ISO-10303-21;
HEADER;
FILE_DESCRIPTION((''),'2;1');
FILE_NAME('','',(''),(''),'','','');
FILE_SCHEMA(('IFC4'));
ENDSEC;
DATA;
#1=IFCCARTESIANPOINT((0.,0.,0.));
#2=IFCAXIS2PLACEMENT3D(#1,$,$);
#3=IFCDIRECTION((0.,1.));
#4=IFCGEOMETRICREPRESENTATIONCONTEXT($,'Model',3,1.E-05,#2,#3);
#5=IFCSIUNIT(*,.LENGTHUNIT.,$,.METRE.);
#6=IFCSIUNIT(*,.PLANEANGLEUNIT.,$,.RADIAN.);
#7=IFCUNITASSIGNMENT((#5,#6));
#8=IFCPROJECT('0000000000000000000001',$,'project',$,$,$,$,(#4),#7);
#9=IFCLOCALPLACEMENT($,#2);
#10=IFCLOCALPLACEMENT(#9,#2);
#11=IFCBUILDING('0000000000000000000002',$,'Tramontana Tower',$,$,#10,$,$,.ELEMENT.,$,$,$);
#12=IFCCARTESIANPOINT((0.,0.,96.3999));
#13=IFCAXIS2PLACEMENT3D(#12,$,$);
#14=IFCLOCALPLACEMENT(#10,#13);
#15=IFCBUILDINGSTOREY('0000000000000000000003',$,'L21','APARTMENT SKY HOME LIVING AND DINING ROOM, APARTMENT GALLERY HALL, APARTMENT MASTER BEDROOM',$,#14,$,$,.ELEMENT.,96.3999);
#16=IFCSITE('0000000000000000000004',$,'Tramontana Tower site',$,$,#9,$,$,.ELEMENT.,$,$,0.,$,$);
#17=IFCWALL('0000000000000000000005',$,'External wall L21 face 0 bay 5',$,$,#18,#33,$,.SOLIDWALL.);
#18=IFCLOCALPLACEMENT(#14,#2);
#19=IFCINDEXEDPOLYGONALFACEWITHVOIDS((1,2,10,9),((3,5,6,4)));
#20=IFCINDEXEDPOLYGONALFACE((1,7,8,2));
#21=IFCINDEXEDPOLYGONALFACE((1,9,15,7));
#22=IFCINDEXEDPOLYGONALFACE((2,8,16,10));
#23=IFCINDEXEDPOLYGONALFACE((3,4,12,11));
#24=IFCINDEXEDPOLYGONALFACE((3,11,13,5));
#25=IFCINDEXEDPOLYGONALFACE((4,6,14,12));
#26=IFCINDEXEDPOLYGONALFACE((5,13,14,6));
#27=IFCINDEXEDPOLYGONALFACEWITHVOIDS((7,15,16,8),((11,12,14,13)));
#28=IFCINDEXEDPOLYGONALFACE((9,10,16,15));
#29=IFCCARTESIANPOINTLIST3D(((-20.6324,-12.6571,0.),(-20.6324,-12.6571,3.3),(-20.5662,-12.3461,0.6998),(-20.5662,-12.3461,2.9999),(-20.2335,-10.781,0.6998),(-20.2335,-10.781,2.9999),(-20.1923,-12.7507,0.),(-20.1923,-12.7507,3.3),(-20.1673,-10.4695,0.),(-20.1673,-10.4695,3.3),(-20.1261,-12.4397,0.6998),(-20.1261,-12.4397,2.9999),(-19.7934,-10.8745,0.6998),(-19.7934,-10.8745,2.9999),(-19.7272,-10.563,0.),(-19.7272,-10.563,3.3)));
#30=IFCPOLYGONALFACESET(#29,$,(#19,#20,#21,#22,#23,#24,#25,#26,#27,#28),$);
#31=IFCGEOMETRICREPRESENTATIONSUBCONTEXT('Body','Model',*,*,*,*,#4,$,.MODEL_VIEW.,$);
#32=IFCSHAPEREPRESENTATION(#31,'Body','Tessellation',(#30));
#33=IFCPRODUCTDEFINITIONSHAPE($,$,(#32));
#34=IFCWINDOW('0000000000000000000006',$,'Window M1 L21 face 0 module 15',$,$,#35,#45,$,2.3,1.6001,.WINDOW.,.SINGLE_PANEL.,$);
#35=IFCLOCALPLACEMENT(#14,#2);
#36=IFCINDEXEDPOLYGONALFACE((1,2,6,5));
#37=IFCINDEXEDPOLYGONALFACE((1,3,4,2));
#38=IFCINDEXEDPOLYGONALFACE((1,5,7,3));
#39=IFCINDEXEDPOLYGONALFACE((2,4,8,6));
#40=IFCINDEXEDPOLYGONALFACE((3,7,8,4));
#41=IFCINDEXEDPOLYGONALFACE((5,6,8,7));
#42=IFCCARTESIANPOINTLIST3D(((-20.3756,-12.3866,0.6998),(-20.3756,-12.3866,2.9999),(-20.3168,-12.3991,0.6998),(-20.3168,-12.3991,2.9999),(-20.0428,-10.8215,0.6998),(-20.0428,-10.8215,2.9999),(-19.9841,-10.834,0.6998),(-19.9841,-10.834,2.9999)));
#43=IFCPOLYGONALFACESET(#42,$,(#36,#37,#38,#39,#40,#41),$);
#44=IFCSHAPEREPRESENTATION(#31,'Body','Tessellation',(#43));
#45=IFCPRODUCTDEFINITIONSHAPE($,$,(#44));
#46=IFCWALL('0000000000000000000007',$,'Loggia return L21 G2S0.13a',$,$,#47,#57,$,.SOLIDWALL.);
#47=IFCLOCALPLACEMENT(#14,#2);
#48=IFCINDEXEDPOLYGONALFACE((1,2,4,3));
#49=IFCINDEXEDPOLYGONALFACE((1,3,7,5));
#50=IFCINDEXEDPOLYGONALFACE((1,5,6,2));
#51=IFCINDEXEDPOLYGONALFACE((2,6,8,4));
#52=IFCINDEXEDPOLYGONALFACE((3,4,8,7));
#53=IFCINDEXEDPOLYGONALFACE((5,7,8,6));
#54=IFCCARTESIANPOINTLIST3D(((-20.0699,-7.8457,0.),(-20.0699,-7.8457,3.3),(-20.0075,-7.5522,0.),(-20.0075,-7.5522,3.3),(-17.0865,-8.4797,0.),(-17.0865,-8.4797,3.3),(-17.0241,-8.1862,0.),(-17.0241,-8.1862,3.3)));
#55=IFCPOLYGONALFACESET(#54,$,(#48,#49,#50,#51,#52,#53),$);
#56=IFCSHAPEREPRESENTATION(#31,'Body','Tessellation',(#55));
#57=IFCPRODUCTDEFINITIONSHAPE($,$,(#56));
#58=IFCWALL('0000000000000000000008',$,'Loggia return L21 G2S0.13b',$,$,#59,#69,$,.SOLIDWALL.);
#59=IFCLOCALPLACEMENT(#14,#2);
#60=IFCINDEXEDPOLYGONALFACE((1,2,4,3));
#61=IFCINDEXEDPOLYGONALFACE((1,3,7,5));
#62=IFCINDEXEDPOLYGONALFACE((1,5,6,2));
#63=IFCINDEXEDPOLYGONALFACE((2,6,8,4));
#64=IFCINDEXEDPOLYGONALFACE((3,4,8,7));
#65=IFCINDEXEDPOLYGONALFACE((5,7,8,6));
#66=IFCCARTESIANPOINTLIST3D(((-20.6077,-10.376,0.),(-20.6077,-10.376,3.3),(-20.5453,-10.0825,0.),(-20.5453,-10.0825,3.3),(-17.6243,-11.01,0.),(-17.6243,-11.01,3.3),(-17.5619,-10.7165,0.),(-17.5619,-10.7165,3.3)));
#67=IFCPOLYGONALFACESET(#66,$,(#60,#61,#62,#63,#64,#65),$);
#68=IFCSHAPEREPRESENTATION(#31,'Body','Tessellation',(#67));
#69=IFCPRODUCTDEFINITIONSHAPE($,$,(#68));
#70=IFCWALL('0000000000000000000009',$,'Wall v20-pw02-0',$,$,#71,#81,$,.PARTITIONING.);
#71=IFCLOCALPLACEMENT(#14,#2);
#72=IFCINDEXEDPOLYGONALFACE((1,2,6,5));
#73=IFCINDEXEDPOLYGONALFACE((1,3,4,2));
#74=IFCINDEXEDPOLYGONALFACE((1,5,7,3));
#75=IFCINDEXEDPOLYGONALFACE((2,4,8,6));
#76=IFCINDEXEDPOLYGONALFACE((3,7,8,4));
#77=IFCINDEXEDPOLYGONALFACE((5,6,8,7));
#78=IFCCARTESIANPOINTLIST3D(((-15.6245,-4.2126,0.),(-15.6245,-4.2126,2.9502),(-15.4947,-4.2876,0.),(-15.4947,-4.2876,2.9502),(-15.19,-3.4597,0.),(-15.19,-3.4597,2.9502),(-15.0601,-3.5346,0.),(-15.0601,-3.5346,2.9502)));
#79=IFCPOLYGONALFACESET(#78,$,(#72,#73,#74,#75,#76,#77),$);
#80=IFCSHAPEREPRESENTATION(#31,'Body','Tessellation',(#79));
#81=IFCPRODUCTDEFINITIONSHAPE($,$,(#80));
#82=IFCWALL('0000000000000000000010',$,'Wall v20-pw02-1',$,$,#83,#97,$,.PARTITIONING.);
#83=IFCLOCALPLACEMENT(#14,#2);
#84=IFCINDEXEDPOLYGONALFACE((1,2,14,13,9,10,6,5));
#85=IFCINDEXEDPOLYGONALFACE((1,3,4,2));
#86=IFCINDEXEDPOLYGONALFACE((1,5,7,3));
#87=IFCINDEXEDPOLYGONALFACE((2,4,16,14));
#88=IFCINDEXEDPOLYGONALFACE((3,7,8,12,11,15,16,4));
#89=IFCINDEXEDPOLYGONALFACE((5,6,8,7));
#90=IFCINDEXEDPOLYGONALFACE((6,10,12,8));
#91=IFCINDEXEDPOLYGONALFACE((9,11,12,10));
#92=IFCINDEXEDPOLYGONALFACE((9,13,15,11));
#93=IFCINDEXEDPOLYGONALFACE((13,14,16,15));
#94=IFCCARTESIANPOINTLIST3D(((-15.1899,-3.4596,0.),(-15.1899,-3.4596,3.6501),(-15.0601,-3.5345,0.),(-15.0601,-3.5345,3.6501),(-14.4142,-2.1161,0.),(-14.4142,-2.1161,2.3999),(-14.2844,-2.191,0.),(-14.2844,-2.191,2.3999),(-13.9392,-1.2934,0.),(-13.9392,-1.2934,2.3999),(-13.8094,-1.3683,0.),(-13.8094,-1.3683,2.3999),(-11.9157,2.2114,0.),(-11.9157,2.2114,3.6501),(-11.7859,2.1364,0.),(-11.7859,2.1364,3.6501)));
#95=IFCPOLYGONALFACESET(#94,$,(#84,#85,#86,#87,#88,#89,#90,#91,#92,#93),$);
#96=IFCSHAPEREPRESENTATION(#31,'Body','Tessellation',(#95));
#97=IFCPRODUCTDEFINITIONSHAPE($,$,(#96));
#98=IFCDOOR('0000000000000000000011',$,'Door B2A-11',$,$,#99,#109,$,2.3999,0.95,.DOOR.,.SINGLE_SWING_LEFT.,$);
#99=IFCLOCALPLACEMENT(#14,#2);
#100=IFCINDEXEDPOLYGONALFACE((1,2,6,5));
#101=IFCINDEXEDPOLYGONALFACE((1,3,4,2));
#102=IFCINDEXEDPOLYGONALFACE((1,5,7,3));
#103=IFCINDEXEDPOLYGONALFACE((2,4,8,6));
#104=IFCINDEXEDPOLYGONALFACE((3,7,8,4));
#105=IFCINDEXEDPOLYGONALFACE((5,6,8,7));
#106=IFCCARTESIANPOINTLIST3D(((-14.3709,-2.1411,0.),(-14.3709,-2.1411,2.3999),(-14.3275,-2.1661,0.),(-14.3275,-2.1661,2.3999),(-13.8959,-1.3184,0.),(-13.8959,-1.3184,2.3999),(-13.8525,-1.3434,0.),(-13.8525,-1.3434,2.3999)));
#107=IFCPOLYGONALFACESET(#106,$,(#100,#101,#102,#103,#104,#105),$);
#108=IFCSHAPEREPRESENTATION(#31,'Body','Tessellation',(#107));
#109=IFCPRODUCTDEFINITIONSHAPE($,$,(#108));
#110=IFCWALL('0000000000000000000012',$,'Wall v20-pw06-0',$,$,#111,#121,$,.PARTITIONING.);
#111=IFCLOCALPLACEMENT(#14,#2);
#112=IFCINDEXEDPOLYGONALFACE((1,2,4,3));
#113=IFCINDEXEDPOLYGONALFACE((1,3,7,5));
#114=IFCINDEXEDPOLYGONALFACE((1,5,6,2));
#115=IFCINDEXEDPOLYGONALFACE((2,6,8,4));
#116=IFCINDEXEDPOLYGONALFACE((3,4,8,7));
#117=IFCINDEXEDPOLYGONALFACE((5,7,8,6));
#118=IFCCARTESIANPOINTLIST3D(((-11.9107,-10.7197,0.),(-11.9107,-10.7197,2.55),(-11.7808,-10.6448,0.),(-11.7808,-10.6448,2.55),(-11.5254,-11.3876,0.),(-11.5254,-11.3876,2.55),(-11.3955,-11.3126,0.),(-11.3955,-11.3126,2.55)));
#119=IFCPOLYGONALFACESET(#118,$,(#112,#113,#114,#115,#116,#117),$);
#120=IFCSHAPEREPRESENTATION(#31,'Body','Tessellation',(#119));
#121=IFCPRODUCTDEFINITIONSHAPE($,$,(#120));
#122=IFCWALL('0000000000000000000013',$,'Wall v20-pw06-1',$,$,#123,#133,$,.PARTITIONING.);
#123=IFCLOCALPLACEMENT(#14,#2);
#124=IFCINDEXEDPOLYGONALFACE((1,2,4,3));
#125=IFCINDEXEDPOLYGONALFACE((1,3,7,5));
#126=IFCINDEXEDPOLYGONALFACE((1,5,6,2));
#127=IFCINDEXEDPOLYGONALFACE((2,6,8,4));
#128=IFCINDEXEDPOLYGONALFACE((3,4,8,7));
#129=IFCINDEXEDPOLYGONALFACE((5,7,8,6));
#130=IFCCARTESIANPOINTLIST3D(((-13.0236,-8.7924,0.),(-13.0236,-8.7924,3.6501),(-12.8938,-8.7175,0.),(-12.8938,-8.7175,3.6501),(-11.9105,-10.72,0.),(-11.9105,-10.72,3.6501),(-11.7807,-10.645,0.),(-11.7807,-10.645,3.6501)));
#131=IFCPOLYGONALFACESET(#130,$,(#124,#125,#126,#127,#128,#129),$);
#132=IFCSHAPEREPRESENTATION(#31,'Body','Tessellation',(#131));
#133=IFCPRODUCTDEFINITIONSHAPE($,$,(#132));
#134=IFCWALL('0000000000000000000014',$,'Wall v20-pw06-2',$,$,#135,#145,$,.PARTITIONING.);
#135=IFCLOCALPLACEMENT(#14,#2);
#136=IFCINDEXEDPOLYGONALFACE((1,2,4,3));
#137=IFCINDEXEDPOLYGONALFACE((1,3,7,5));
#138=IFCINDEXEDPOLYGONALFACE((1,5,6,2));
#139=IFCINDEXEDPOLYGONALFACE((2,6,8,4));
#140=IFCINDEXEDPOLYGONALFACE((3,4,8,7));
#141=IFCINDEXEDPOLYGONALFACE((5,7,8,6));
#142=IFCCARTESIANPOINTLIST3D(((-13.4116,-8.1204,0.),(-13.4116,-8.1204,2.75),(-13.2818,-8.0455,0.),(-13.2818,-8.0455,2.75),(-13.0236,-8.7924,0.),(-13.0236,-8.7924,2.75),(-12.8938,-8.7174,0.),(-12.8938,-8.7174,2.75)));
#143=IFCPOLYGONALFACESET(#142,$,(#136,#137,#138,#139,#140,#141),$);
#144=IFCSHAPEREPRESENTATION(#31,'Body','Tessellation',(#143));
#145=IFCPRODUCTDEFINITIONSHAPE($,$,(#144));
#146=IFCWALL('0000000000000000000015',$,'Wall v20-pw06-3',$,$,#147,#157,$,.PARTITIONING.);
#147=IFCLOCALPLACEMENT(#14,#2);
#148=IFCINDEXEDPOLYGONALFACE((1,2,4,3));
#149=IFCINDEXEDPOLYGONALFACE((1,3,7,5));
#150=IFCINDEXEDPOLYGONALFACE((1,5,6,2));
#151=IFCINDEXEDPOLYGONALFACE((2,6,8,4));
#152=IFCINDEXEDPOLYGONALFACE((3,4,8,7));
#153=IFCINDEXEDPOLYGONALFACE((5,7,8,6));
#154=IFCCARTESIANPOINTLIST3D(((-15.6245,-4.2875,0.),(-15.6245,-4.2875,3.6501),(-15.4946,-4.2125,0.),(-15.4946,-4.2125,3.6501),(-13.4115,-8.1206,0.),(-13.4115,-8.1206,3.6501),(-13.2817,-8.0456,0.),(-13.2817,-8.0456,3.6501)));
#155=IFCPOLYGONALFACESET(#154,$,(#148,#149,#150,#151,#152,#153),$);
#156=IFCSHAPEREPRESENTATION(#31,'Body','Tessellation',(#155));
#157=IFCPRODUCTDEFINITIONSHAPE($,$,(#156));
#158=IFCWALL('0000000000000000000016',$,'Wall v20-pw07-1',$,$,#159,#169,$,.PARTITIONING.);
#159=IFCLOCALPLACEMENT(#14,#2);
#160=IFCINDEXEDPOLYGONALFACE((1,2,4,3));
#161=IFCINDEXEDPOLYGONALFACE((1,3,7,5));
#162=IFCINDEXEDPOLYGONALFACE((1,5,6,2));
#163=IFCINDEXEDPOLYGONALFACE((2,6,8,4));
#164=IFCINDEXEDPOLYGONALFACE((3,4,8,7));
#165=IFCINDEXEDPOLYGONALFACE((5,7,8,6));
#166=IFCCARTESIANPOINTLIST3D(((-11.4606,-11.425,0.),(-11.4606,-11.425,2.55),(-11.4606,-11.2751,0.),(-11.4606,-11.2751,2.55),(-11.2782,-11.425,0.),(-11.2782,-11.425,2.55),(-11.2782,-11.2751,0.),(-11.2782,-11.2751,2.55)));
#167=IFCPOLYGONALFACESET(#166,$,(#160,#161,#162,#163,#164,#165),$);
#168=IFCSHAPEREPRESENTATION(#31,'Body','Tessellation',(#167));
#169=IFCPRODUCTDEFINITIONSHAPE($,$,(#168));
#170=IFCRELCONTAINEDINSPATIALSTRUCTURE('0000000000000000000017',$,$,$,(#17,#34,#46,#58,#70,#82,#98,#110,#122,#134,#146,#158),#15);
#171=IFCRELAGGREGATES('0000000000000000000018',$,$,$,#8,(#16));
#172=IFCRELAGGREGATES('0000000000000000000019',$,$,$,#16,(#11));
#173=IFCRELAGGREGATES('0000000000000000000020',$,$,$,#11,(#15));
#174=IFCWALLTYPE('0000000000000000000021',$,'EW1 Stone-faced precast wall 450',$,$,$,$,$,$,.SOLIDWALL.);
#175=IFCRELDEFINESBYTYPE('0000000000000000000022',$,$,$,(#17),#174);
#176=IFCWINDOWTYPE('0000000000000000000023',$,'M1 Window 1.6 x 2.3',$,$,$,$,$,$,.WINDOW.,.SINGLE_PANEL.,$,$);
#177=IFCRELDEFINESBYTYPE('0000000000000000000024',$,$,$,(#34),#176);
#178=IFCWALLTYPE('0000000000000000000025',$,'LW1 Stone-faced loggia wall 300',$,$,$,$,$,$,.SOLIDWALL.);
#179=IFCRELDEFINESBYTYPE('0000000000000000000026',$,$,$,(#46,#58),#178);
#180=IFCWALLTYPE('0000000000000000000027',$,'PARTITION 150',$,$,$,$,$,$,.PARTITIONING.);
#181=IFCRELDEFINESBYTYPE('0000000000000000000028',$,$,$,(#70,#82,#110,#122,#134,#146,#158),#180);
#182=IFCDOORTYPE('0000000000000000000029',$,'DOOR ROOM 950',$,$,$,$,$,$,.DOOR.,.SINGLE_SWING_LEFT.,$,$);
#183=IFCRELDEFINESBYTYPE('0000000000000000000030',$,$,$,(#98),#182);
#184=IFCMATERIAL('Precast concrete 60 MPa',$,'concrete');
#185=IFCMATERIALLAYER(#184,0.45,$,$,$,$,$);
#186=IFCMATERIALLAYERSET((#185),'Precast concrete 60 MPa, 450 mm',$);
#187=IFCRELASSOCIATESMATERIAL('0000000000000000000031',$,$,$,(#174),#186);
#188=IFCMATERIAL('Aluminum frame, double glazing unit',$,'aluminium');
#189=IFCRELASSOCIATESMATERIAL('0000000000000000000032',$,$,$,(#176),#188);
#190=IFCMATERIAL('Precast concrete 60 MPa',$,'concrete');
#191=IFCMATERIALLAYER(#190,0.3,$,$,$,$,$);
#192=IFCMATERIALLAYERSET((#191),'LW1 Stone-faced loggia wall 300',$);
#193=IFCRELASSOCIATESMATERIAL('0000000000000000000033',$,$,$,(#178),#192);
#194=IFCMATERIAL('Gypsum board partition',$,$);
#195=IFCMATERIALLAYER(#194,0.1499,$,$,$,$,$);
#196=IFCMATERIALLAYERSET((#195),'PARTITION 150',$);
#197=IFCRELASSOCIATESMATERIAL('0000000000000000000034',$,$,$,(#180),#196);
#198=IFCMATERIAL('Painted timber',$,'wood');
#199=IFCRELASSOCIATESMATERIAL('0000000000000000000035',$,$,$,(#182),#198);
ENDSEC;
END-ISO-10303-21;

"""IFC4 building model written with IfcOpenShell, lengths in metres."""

from ifc_helpers import new_model, si_unit, direction, frame, frame_2d, origin, place, context, subcontext, project, spatial, rectangle, extrude, material, layer, layer_set, type_object, element, fill, save


model = new_model("IFC4")

# Units and contexts
model_context = context("Model", 3, precision=1e-05, world=origin(), true_north=direction((0.0, 1.0)))
body_context = subcontext(model_context, "Body", "Model", "MODEL_VIEW")
ifc_project = project(units=[si_unit("LENGTHUNIT", "METRE"), si_unit("PLANEANGLEUNIT", "RADIAN")], contexts=[model_context])

# Site, building, storey
site_placement = place(None, origin())
site = spatial("IfcSite", under=ifc_project, at=site_placement, Name="Tramontana Tower site", CompositionType="ELEMENT", RefElevation=0.0)
building_placement = place(site_placement, origin())
building = spatial("IfcBuilding", under=site, at=building_placement, Name="Tramontana Tower", CompositionType="ELEMENT")
storey_placement = place(building_placement, frame((0.0, 0.0, 96.3999)))
storey = spatial("IfcBuildingStorey", under=building, at=storey_placement, Name="L21", Description="APARTMENT SKY HOME LIVING AND DINING ROOM, APARTMENT GALLERY HALL, APARTMENT MASTER BEDROOM", CompositionType="ELEMENT", Elevation=96.3999)

# Wall, opening, window
ifc_material_1 = material(Name="Precast concrete 60 MPa", Category="concrete")
ifc_layer_1 = layer(ifc_material_1, 0.45)
ifc_layer_set_1 = layer_set([ifc_layer_1], Name="Precast concrete 60 MPa, 450 mm")
wall_type_1 = type_object("IfcWallType", Name="EW1 Stone-faced precast wall 450", PredefinedType="SOLIDWALL", material=ifc_layer_set_1)
ifc_material_2 = material(Name="Aluminum frame, double glazing unit", Category="aluminium")
window_type = type_object("IfcWindowType", Name="M1 Window 1.6 x 2.3", PartitioningType="SINGLE_PANEL", PredefinedType="WINDOW", material=ifc_material_2)
wall_1_placement = place(storey_placement, frame((-19.9473, -10.5164, 0.0), z_axis=(0.0, 0.0, 1.0), x_axis=(-0.207941, -0.978141, 0.0)))
wall_1 = element("IfcWall", 1, at=wall_1_placement, inside=storey, type_object=wall_type_1, Name="External wall L21 face 0 bay 5", PredefinedType="SOLIDWALL", context=body_context, shape_type="SweptSolid", body=[
    extrude(rectangle(XDim=2.2366, YDim=0.45, at=frame_2d((1.1182, 0.0))), origin(), (0.0, 0.0, 1.0), 3.3),
])
opening_1_placement = place(wall_1_placement, frame((0.3184, 0.0, 0.7)))
opening_1 = element("IfcOpeningElement", 2, at=opening_1_placement, cuts=wall_1, PredefinedType="OPENING", context=body_context, shape_type="SweptSolid", body=[
    extrude(rectangle(XDim=1.6001, YDim=2.3, at=frame_2d((0.8, 1.1499))), frame((0.0, 0.2349, 0.0), z_axis=(0.0, -1.0, 0.0), x_axis=(1.0, 0.0, 0.0)), (0.0, 0.0, 1.0), 0.47),
])
window_1_placement = place(opening_1_placement, origin())
window_1 = element("IfcWindow", 3, at=window_1_placement, inside=storey, type_object=window_type, Name="Window M1 L21 face 0 module 15", OverallHeight=2.3, OverallWidth=1.6001, PartitioningType="SINGLE_PANEL", PredefinedType="WINDOW", context=body_context, shape_type="SweptSolid", body=[
    extrude(rectangle(XDim=1.6001, YDim=2.3, at=frame_2d((0.8, 1.1499))), frame((0.0, 0.03, 0.0), z_axis=(0.0, -1.0, 0.0), x_axis=(1.0, 0.0, 0.0)), (0.0, 0.0, 1.0), 0.0601),
])
fill(opening_1, window_1)

# Shared definitions
ifc_material_3 = material(Name="Precast concrete 60 MPa", Category="concrete")
ifc_layer_2 = layer(ifc_material_3, 0.3)
ifc_layer_set_2 = layer_set([ifc_layer_2], Name="LW1 Stone-faced loggia wall 300")
wall_type_2 = type_object("IfcWallType", Name="LW1 Stone-faced loggia wall 300", PredefinedType="SOLIDWALL", material=ifc_layer_set_2)

# Walls
for number, where, z_axis, x_axis, name in (
    (4, (-20.0386, -7.699, 0.0), (0.0, 0.0, 1.0), (0.978155, -0.207878, 0.0), "Loggia return L21 G2S0.13a"),
    (5, (-20.5764, -10.2292, 0.0), (0.0, 0.0, 1.0), (0.978155, -0.207878, 0.0), "Loggia return L21 G2S0.13b"),
):
    element("IfcWall", number, at=place(storey_placement, frame(where, z_axis=z_axis, x_axis=x_axis)), inside=storey, type_object=wall_type_2, Name=name, PredefinedType="SOLIDWALL", context=body_context, shape_type="SweptSolid", body=[
        extrude(rectangle(XDim=3.05, YDim=0.3, at=frame_2d((1.5249, 0.0))), origin(), (0.0, 0.0, 1.0), 3.3),
    ])
ifc_material_4 = material(Name="Gypsum board partition")
ifc_layer_3 = layer(ifc_material_4, 0.1499)
ifc_layer_set_3 = layer_set([ifc_layer_3], Name="PARTITION 150")
wall_type_3 = type_object("IfcWallType", Name="PARTITION 150", PredefinedType="PARTITIONING", material=ifc_layer_set_3)
wall_2_placement = place(storey_placement, frame((-15.5596, -4.25, 0.0), z_axis=(0.0, 0.0, 1.0), x_axis=(0.499885, 0.866092, 0.0)))
element("IfcWall", 6, at=wall_2_placement, inside=storey, type_object=wall_type_3, Name="Wall v20-pw02-0", PredefinedType="PARTITIONING", context=body_context, shape_type="SweptSolid", body=[
    extrude(rectangle(XDim=0.8694, YDim=0.1499, at=frame_2d((0.4346, 0.0))), origin(), (0.0, 0.0, 1.0), 2.9502),
])

# Wall, opening, door
wall_3_placement = place(storey_placement, frame((-15.125, -3.4971, 0.0), z_axis=(0.0, 0.0, 1.0), x_axis=(0.500009, 0.86602, 0.0)))
wall_3 = element("IfcWall", 7, at=wall_3_placement, inside=storey, type_object=wall_type_3, Name="Wall v20-pw02-1", PredefinedType="PARTITIONING", context=body_context, shape_type="SweptSolid", body=[
    extrude(rectangle(XDim=6.5483, YDim=0.1499, at=frame_2d((3.2742, 0.0))), origin(), (0.0, 0.0, 1.0), 3.6501),
])
opening_2_placement = place(wall_3_placement, frame((1.5513, 0.0, 0.0)))
opening_2 = element("IfcOpeningElement", 8, at=opening_2_placement, cuts=wall_3, PredefinedType="OPENING", context=body_context, shape_type="SweptSolid", body=[
    extrude(rectangle(XDim=0.95, YDim=2.3999, at=frame_2d((0.4751, 1.2))), frame((0.0, 0.085, 0.0), z_axis=(0.0, -1.0, 0.0), x_axis=(1.0, 0.0, 0.0)), (0.0, 0.0, 1.0), 0.1699),
])
ifc_material_5 = material(Name="Painted timber", Category="wood")
door_type_1 = type_object("IfcDoorType", Name="DOOR ROOM 950", OperationType="SINGLE_SWING_LEFT", PredefinedType="DOOR", material=ifc_material_5)
door_1_placement = place(opening_2_placement, origin())
door_1 = element("IfcDoor", 9, at=door_1_placement, inside=storey, type_object=door_type_1, Name="Door B2A-11", OperationType="SINGLE_SWING_LEFT", OverallHeight=2.3999, OverallWidth=0.95, PredefinedType="DOOR", context=body_context, shape_type="SweptSolid", body=[
    extrude(rectangle(XDim=0.95, YDim=2.3999, at=frame_2d((0.4751, 1.2))), frame((0.0, 0.0249, 0.0), z_axis=(0.0, -1.0, 0.0), x_axis=(1.0, 0.0, 0.0)), (0.0, 0.0, 1.0), 0.05),
])
fill(opening_2, door_1)

# Walls
wall_4_placement = place(storey_placement, frame((-11.4604, -11.3501, 0.0), z_axis=(0.0, 0.0, 1.0), x_axis=(-0.49975, 0.86617, 0.0)))
element("IfcWall", 10, at=wall_4_placement, inside=storey, type_object=wall_type_3, Name="Wall v20-pw06-0", PredefinedType="PARTITIONING", context=body_context, shape_type="SweptSolid", body=[
    extrude(rectangle(XDim=0.771, YDim=0.1499, at=frame_2d((0.3855, 0.0))), origin(), (0.0, 0.0, 1.0), 2.55),
])
wall_5_placement = place(storey_placement, frame((-11.8457, -10.6824, 0.0), z_axis=(0.0, 0.0, 1.0), x_axis=(-0.500067, 0.865986, 0.0)))
element("IfcWall", 11, at=wall_5_placement, inside=storey, type_object=wall_type_3, Name="Wall v20-pw06-1", PredefinedType="PARTITIONING", context=body_context, shape_type="SweptSolid", body=[
    extrude(rectangle(XDim=2.2258, YDim=0.1499, at=frame_2d((1.1128, 0.0))), origin(), (0.0, 0.0, 1.0), 3.6501),
])
wall_6_placement = place(storey_placement, frame((-12.9587, -8.7549, 0.0), z_axis=(0.0, 0.0, 1.0), x_axis=(-0.500031, 0.866007, 0.0)))
element("IfcWall", 12, at=wall_6_placement, inside=storey, type_object=wall_type_3, Name="Wall v20-pw06-2", PredefinedType="PARTITIONING", context=body_context, shape_type="SweptSolid", body=[
    extrude(rectangle(XDim=0.7759, YDim=0.1499, at=frame_2d((0.3879, 0.0))), origin(), (0.0, 0.0, 1.0), 2.75),
])
wall_7_placement = place(storey_placement, frame((-13.3467, -8.083, 0.0), z_axis=(0.0, 0.0, 1.0), x_axis=(-0.499983, 0.866035, 0.0)))
element("IfcWall", 13, at=wall_7_placement, inside=storey, type_object=wall_type_3, Name="Wall v20-pw06-3", PredefinedType="PARTITIONING", context=body_context, shape_type="SweptSolid", body=[
    extrude(rectangle(XDim=4.426, YDim=0.1499, at=frame_2d((2.2129, 0.0))), origin(), (0.0, 0.0, 1.0), 3.6501),
])
wall_8_placement = place(storey_placement, frame((-11.2781, -11.3501, 0.0), z_axis=(0.0, 0.0, 1.0), x_axis=(-1.0, 0.0, 0.0)))
element("IfcWall", 14, at=wall_8_placement, inside=storey, type_object=wall_type_3, Name="Wall v20-pw07-1", PredefinedType="PARTITIONING", context=body_context, shape_type="SweptSolid", body=[
    extrude(rectangle(XDim=0.1824, YDim=0.1499, at=frame_2d((0.0913, 0.0))), origin(), (0.0, 0.0, 1.0), 2.55),
])

save(model, "model.ifc")
